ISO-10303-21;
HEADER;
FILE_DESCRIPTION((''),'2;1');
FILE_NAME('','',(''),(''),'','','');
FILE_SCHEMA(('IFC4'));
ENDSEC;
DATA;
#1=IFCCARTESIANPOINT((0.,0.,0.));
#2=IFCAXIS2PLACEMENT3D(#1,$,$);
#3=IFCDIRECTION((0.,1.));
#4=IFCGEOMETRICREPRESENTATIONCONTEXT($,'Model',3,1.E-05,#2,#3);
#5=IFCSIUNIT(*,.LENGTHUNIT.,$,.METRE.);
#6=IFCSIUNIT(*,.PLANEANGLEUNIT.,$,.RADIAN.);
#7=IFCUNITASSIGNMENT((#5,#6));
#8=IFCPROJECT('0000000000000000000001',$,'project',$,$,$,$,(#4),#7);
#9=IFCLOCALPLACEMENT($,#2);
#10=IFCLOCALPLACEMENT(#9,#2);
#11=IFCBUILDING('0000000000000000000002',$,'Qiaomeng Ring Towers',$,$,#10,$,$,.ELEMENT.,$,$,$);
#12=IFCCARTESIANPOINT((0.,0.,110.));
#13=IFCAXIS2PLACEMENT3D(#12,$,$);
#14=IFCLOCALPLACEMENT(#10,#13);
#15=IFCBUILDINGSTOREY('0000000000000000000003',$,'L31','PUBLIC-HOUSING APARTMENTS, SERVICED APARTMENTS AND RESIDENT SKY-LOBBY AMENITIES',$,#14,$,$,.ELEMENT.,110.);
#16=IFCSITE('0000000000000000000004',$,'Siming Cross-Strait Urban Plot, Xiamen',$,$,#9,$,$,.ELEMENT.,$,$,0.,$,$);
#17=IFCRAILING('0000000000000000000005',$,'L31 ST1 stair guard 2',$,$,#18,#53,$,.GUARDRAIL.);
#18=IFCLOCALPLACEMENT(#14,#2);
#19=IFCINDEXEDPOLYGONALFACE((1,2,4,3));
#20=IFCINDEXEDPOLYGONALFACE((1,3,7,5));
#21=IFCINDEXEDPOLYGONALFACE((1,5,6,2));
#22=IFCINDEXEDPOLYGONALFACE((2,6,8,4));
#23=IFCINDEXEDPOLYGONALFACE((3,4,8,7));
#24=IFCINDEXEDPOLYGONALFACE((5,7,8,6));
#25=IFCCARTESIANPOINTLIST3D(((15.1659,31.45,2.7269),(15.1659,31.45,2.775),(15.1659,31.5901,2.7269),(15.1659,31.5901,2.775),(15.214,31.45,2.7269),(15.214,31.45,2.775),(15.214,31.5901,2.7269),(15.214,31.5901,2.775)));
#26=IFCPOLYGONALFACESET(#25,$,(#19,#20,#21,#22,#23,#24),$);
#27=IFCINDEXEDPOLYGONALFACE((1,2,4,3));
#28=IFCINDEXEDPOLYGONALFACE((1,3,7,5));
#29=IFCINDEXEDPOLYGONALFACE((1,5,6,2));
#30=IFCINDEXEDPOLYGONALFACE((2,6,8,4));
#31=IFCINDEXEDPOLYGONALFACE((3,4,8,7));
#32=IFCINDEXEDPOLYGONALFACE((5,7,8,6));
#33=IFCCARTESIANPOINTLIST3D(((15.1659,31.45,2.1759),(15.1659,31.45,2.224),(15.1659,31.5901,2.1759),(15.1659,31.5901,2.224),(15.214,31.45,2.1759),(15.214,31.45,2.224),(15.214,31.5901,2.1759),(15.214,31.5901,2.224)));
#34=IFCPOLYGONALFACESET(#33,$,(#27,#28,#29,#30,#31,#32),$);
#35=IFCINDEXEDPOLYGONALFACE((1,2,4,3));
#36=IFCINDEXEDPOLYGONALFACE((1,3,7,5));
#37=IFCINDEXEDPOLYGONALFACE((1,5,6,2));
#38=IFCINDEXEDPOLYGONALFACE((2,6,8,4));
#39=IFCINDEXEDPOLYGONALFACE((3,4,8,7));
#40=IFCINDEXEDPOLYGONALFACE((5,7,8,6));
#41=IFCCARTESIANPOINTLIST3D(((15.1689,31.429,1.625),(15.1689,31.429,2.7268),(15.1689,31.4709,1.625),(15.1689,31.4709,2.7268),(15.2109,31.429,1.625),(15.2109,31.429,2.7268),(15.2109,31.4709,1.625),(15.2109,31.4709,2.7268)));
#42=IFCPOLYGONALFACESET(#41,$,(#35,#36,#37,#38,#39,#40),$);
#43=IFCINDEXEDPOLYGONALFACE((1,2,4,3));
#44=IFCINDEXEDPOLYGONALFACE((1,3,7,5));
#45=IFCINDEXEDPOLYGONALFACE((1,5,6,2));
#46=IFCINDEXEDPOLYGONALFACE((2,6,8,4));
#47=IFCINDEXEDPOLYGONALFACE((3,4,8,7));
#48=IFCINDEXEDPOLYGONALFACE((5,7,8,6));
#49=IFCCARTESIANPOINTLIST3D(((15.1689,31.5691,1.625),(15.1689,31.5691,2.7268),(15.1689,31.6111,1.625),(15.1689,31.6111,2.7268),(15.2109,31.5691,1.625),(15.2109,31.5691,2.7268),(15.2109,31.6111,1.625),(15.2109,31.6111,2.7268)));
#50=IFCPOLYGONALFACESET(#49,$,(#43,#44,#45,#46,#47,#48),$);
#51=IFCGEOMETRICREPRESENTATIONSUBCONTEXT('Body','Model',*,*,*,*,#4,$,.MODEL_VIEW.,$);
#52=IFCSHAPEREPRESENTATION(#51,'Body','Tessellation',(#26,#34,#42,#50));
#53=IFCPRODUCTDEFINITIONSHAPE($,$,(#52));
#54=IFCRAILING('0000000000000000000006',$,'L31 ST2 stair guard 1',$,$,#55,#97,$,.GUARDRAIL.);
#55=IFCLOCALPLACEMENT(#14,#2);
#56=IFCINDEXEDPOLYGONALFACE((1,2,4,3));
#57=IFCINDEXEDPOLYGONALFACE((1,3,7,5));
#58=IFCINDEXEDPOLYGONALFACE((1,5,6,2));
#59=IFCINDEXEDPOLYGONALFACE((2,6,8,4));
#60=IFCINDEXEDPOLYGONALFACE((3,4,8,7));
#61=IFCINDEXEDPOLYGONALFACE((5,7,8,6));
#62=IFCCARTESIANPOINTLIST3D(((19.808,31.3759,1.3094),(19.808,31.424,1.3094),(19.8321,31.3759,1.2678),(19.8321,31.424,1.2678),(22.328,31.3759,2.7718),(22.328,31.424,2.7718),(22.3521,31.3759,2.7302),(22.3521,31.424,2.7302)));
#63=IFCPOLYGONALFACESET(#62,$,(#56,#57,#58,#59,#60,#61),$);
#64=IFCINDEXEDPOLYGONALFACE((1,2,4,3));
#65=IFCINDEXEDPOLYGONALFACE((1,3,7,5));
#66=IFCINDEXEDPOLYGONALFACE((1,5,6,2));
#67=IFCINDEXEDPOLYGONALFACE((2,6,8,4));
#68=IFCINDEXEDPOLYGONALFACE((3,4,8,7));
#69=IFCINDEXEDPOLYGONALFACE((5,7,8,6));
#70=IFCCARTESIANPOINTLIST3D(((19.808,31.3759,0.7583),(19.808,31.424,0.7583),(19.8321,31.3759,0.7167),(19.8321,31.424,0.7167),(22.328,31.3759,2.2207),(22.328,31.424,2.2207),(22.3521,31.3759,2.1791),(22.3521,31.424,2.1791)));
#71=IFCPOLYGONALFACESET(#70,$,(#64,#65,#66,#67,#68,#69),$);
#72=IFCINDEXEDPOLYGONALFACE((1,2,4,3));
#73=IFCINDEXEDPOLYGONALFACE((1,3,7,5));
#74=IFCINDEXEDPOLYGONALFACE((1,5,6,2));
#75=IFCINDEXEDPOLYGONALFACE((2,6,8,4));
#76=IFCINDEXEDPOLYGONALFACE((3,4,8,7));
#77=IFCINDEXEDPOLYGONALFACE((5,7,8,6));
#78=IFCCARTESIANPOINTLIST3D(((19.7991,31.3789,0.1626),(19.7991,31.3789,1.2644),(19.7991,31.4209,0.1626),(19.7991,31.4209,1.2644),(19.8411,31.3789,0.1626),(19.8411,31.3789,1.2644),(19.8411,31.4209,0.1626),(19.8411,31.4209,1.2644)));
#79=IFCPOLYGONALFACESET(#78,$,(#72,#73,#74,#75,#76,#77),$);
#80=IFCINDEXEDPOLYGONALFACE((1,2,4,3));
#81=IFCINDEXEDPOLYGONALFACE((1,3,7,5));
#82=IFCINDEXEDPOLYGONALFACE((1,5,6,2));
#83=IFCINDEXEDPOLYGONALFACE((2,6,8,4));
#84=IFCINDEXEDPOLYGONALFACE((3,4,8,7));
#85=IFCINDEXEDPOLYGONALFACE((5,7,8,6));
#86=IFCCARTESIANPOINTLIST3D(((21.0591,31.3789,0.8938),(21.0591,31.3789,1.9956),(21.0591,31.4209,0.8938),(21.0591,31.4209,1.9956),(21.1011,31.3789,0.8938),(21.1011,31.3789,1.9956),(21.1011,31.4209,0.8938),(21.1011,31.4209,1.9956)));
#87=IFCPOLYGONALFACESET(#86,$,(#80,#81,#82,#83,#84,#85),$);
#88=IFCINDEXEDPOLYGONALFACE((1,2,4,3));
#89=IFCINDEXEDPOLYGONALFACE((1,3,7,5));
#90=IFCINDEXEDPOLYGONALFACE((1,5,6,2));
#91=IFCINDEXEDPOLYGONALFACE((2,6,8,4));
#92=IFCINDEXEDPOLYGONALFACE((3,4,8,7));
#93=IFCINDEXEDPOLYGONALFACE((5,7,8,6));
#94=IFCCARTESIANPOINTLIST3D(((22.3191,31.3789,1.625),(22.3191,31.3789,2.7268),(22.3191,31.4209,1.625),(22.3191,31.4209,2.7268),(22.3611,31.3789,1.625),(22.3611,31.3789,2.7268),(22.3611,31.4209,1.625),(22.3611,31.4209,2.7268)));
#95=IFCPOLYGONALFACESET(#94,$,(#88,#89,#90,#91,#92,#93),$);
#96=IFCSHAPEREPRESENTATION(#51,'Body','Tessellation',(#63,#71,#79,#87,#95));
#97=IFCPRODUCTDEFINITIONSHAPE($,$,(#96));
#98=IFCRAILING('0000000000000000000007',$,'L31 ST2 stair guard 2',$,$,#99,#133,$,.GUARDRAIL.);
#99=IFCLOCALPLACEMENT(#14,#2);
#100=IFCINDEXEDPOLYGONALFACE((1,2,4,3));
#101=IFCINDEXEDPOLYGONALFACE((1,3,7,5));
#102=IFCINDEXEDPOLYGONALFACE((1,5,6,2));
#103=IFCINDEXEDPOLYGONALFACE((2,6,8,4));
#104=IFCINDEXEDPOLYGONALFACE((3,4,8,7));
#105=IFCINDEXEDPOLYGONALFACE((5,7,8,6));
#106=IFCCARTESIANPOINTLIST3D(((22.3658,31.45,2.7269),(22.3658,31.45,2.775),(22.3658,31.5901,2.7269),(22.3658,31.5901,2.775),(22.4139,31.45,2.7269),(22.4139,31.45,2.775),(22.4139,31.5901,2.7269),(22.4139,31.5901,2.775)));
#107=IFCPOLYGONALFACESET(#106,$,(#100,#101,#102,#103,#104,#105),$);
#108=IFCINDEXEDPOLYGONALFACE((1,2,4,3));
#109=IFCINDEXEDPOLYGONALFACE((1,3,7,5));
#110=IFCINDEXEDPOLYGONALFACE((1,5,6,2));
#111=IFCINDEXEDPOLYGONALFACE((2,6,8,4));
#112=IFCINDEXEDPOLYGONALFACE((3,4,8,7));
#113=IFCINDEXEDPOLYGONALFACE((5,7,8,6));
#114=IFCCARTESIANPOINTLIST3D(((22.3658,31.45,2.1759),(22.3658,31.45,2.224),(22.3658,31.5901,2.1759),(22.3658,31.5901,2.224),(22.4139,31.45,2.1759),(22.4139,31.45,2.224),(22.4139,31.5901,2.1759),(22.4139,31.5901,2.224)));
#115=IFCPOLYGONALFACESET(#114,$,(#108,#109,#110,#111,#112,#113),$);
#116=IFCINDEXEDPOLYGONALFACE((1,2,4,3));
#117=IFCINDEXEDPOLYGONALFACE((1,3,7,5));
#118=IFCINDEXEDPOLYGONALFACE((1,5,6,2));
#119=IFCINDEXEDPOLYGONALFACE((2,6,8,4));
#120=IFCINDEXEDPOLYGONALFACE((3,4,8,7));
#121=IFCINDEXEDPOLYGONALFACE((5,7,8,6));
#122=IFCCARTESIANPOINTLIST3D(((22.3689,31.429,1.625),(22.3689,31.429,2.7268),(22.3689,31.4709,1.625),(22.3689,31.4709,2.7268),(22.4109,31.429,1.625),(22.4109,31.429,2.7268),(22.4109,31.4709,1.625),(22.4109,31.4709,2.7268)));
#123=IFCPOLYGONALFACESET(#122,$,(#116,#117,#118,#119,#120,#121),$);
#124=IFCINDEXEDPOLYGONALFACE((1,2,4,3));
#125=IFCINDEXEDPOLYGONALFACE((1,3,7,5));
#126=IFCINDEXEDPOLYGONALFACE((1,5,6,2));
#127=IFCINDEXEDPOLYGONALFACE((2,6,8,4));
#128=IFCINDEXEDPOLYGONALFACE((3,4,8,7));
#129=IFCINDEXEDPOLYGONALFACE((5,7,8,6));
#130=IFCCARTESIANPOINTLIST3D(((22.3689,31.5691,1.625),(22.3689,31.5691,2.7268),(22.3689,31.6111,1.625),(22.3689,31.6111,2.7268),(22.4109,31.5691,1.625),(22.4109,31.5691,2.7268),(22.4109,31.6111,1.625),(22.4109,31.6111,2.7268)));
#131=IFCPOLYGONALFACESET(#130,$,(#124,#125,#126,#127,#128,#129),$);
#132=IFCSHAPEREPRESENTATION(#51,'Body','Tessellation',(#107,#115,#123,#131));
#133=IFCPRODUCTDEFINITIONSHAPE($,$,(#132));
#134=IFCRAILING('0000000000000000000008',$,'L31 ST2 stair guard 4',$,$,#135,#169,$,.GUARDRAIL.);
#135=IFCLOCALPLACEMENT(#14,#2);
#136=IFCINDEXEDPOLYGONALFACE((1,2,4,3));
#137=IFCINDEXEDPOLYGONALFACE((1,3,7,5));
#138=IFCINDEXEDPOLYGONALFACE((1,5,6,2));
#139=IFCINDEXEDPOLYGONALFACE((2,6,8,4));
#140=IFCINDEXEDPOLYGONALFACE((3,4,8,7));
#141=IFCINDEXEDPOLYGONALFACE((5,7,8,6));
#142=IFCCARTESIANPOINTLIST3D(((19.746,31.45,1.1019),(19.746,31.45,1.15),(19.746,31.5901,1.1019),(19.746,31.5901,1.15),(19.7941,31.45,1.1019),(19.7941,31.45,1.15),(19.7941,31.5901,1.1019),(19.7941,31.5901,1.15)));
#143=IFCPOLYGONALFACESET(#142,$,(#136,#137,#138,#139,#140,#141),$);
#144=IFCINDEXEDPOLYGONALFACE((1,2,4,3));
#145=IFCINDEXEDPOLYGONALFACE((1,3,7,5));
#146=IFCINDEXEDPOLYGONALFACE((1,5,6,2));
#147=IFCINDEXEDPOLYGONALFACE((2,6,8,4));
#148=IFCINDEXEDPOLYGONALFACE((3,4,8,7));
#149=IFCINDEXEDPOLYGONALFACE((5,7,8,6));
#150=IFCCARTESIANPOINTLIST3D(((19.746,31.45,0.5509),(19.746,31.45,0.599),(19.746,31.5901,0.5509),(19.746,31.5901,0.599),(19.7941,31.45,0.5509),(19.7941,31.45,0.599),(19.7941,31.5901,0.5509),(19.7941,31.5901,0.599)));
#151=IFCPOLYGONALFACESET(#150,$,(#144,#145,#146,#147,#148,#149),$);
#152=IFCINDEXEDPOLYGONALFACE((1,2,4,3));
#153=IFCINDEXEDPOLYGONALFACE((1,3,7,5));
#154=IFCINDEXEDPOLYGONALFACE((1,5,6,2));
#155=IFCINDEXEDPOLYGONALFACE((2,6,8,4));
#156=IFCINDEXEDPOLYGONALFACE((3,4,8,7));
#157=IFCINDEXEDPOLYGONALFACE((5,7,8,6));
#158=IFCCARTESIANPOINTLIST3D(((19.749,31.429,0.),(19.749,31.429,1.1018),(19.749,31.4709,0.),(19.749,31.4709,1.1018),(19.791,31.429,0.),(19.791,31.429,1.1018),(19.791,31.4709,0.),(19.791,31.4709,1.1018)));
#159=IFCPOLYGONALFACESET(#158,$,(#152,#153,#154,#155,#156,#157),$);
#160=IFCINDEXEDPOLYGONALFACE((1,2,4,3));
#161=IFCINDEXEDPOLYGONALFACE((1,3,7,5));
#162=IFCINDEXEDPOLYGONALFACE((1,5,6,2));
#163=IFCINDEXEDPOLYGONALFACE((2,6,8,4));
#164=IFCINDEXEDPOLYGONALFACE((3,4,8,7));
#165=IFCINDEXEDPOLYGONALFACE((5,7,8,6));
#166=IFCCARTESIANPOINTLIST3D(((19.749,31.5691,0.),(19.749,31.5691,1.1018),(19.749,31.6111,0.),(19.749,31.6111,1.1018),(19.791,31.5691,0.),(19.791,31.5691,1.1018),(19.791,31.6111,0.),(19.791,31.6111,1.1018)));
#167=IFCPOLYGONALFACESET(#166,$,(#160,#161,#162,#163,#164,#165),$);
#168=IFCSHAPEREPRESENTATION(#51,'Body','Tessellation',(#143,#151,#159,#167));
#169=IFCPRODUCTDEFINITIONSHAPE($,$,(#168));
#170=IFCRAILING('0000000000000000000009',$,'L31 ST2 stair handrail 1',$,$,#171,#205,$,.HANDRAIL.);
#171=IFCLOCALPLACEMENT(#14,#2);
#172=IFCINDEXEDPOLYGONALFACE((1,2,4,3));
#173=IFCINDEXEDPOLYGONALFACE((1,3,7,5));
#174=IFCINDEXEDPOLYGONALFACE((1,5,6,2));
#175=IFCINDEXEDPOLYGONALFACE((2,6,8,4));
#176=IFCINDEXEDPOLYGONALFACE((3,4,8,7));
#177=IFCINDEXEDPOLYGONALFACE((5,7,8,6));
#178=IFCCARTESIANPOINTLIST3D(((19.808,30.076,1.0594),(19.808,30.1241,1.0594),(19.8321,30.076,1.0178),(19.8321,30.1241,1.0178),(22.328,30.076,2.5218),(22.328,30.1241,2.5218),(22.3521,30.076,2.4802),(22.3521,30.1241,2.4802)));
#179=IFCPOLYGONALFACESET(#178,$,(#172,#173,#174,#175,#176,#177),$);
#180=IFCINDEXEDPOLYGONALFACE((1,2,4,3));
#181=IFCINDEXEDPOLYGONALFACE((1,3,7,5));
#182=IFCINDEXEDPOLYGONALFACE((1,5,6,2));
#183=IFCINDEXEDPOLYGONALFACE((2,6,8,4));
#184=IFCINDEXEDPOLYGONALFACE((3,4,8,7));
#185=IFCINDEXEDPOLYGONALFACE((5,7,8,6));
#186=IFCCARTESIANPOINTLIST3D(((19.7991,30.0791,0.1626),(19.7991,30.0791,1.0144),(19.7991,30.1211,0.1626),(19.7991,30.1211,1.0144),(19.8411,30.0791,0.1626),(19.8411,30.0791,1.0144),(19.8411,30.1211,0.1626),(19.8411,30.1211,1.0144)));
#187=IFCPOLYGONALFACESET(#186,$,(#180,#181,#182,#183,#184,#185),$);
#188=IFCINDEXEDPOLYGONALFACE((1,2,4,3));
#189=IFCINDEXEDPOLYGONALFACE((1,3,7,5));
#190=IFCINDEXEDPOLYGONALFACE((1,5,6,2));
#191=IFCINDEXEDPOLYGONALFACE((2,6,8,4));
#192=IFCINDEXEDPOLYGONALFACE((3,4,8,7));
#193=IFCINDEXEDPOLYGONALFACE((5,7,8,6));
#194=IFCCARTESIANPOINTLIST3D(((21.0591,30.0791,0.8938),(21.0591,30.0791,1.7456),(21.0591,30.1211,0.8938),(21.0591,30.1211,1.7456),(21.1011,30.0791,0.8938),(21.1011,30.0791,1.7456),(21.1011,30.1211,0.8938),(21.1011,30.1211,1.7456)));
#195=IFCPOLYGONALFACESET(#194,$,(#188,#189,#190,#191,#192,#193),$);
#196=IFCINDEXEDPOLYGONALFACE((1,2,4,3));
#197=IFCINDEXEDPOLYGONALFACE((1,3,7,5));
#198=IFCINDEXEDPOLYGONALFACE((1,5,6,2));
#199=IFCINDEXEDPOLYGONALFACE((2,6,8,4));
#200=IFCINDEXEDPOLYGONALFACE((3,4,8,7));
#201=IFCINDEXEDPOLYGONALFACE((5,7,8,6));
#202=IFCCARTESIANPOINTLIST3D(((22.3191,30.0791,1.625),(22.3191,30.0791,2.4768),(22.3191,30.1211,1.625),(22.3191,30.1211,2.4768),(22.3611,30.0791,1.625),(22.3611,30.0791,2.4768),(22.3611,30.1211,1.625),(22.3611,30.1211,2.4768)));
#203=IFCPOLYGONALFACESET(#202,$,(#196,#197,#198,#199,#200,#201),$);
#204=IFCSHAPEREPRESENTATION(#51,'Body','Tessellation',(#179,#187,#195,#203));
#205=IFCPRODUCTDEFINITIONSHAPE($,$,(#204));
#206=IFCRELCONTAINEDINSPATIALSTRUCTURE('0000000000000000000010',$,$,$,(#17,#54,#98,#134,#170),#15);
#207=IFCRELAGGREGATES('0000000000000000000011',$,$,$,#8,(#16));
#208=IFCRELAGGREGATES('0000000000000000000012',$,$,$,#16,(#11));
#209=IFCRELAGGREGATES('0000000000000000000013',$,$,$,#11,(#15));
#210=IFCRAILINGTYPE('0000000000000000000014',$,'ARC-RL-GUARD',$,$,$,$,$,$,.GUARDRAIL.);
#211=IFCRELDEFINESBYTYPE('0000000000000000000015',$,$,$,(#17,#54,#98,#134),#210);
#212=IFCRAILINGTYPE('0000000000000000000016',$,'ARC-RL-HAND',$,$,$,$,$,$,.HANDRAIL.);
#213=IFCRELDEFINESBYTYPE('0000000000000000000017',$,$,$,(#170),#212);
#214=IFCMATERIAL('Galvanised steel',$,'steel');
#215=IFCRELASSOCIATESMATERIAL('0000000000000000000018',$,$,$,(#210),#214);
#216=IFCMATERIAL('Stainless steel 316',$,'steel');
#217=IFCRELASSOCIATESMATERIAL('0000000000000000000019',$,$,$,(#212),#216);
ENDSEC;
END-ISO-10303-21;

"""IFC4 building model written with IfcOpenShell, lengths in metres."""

from ifc_helpers import new_model, si_unit, direction, frame, origin, origin_2d, place, context, subcontext, project, spatial, rectangle, extrude, material, type_object, element, save


model = new_model("IFC4")

# Units and contexts
model_context = context("Model", 3, precision=1e-05, world=origin(), true_north=direction((0.0, 1.0)))
body_context = subcontext(model_context, "Body", "Model", "MODEL_VIEW")
ifc_project = project(units=[si_unit("LENGTHUNIT", "METRE"), si_unit("PLANEANGLEUNIT", "RADIAN")], contexts=[model_context])

# Site, building, storey
site_placement = place(None, origin())
site = spatial("IfcSite", under=ifc_project, at=site_placement, Name="Siming Cross-Strait Urban Plot, Xiamen", CompositionType="ELEMENT", RefElevation=0.0)
building_placement = place(site_placement, origin())
building = spatial("IfcBuilding", under=site, at=building_placement, Name="Qiaomeng Ring Towers", CompositionType="ELEMENT")
storey_placement = place(building_placement, frame((0.0, 0.0, 110.0)))
storey = spatial("IfcBuildingStorey", under=building, at=storey_placement, Name="L31", Description="PUBLIC-HOUSING APARTMENTS, SERVICED APARTMENTS AND RESIDENT SKY-LOBBY AMENITIES", CompositionType="ELEMENT", Elevation=110.0)

# Shared definitions
ifc_material_1 = material(Name="Stainless steel 316", Category="steel")

# Railings
ifc_material_2 = material(Name="Galvanised steel", Category="steel")
railing_type_1 = type_object("IfcRailingType", Name="ARC-RL-GUARD", PredefinedType="GUARDRAIL", material=ifc_material_2)
railing_1_placement = place(storey_placement, frame((15.1899, 31.45, 1.625)))
element("IfcRailing", 1, at=railing_1_placement, inside=storey, type_object=railing_type_1, Name="L31 ST1 stair guard 2", PredefinedType="GUARDRAIL", context=body_context, shape_type="SweptSolid", body=[
    extrude(rectangle(XDim=0.0481, YDim=0.0481, at=origin_2d()), frame((0.0, 0.0, 1.126), z_axis=(0.0, 1.0, 0.0), x_axis=(-1.0, 0.0, 0.0)), (0.0, 0.0, 1.0), 0.1401),
    extrude(rectangle(XDim=0.0481, YDim=0.0481, at=origin_2d()), frame((0.0, 0.0, 0.575), z_axis=(0.0, 1.0, 0.0), x_axis=(-1.0, 0.0, 0.0)), (0.0, 0.0, 1.0), 0.1401),
    extrude(rectangle(XDim=0.042, YDim=0.042, at=origin_2d()), origin(), (0.0, 0.0, 1.0), 1.1018),
    extrude(rectangle(XDim=0.042, YDim=0.042, at=origin_2d()), frame((0.0, 0.1401, 0.0)), (0.0, 0.0, 1.0), 1.1018),
])
railing_2_placement = place(storey_placement, frame((19.8201, 31.3999, 0.1626)))
element("IfcRailing", 2, at=railing_2_placement, inside=storey, type_object=railing_type_1, Name="L31 ST2 stair guard 1", PredefinedType="GUARDRAIL", context=body_context, shape_type="SweptSolid", body=[
    extrude(rectangle(XDim=0.0481, YDim=0.0481, at=origin_2d()), frame((0.0, 0.0, 1.126), z_axis=(0.864913, 0.0, 0.501921), x_axis=(0.0, 1.0, 0.0)), (0.0, 0.0, 1.0), 2.9136),
    extrude(rectangle(XDim=0.0481, YDim=0.0481, at=origin_2d()), frame((0.0, 0.0, 0.575), z_axis=(0.864913, 0.0, 0.501921), x_axis=(0.0, 1.0, 0.0)), (0.0, 0.0, 1.0), 2.9136),
    extrude(rectangle(XDim=0.042, YDim=0.042, at=origin_2d()), origin(), (0.0, 0.0, 1.0), 1.1018),
    extrude(rectangle(XDim=0.042, YDim=0.042, at=origin_2d()), frame((1.26, 0.0, 0.7312)), (0.0, 0.0, 1.0), 1.1018),
    extrude(rectangle(XDim=0.042, YDim=0.042, at=origin_2d()), frame((2.52, 0.0, 1.4624)), (0.0, 0.0, 1.0), 1.1018),
])
for number, where, name in (
    (3, (22.3899, 31.45, 1.625), "L31 ST2 stair guard 2"),
    (4, (19.77, 31.45, 0.0), "L31 ST2 stair guard 4"),
):
    element("IfcRailing", number, at=place(storey_placement, frame(where)), inside=storey, type_object=railing_type_1, Name=name, PredefinedType="GUARDRAIL", context=body_context, shape_type="SweptSolid", body=[
        extrude(rectangle(XDim=0.0481, YDim=0.0481, at=origin_2d()), frame((0.0, 0.0, 1.126), z_axis=(0.0, 1.0, 0.0), x_axis=(-1.0, 0.0, 0.0)), (0.0, 0.0, 1.0), 0.1401),
        extrude(rectangle(XDim=0.0481, YDim=0.0481, at=origin_2d()), frame((0.0, 0.0, 0.575), z_axis=(0.0, 1.0, 0.0), x_axis=(-1.0, 0.0, 0.0)), (0.0, 0.0, 1.0), 0.1401),
        extrude(rectangle(XDim=0.042, YDim=0.042, at=origin_2d()), origin(), (0.0, 0.0, 1.0), 1.1018),
        extrude(rectangle(XDim=0.042, YDim=0.042, at=origin_2d()), frame((0.0, 0.1401, 0.0)), (0.0, 0.0, 1.0), 1.1018),
    ])
railing_type_2 = type_object("IfcRailingType", Name="ARC-RL-HAND", PredefinedType="HANDRAIL", material=ifc_material_1)
railing_3_placement = place(storey_placement, frame((19.8201, 30.1001, 0.1626)))
element("IfcRailing", 5, at=railing_3_placement, inside=storey, type_object=railing_type_2, Name="L31 ST2 stair handrail 1", PredefinedType="HANDRAIL", context=body_context, shape_type="SweptSolid", body=[
    extrude(rectangle(XDim=0.0481, YDim=0.0481, at=origin_2d()), frame((0.0, 0.0, 0.876), z_axis=(0.864913, 0.0, 0.501921), x_axis=(0.0, 1.0, 0.0)), (0.0, 0.0, 1.0), 2.9136),
    extrude(rectangle(XDim=0.042, YDim=0.042, at=origin_2d()), origin(), (0.0, 0.0, 1.0), 0.8518),
    extrude(rectangle(XDim=0.042, YDim=0.042, at=origin_2d()), frame((1.26, 0.0, 0.7312)), (0.0, 0.0, 1.0), 0.8518),
    extrude(rectangle(XDim=0.042, YDim=0.042, at=origin_2d()), frame((2.52, 0.0, 1.4624)), (0.0, 0.0, 1.0), 0.8518),
])

save(model, "model.ifc")
